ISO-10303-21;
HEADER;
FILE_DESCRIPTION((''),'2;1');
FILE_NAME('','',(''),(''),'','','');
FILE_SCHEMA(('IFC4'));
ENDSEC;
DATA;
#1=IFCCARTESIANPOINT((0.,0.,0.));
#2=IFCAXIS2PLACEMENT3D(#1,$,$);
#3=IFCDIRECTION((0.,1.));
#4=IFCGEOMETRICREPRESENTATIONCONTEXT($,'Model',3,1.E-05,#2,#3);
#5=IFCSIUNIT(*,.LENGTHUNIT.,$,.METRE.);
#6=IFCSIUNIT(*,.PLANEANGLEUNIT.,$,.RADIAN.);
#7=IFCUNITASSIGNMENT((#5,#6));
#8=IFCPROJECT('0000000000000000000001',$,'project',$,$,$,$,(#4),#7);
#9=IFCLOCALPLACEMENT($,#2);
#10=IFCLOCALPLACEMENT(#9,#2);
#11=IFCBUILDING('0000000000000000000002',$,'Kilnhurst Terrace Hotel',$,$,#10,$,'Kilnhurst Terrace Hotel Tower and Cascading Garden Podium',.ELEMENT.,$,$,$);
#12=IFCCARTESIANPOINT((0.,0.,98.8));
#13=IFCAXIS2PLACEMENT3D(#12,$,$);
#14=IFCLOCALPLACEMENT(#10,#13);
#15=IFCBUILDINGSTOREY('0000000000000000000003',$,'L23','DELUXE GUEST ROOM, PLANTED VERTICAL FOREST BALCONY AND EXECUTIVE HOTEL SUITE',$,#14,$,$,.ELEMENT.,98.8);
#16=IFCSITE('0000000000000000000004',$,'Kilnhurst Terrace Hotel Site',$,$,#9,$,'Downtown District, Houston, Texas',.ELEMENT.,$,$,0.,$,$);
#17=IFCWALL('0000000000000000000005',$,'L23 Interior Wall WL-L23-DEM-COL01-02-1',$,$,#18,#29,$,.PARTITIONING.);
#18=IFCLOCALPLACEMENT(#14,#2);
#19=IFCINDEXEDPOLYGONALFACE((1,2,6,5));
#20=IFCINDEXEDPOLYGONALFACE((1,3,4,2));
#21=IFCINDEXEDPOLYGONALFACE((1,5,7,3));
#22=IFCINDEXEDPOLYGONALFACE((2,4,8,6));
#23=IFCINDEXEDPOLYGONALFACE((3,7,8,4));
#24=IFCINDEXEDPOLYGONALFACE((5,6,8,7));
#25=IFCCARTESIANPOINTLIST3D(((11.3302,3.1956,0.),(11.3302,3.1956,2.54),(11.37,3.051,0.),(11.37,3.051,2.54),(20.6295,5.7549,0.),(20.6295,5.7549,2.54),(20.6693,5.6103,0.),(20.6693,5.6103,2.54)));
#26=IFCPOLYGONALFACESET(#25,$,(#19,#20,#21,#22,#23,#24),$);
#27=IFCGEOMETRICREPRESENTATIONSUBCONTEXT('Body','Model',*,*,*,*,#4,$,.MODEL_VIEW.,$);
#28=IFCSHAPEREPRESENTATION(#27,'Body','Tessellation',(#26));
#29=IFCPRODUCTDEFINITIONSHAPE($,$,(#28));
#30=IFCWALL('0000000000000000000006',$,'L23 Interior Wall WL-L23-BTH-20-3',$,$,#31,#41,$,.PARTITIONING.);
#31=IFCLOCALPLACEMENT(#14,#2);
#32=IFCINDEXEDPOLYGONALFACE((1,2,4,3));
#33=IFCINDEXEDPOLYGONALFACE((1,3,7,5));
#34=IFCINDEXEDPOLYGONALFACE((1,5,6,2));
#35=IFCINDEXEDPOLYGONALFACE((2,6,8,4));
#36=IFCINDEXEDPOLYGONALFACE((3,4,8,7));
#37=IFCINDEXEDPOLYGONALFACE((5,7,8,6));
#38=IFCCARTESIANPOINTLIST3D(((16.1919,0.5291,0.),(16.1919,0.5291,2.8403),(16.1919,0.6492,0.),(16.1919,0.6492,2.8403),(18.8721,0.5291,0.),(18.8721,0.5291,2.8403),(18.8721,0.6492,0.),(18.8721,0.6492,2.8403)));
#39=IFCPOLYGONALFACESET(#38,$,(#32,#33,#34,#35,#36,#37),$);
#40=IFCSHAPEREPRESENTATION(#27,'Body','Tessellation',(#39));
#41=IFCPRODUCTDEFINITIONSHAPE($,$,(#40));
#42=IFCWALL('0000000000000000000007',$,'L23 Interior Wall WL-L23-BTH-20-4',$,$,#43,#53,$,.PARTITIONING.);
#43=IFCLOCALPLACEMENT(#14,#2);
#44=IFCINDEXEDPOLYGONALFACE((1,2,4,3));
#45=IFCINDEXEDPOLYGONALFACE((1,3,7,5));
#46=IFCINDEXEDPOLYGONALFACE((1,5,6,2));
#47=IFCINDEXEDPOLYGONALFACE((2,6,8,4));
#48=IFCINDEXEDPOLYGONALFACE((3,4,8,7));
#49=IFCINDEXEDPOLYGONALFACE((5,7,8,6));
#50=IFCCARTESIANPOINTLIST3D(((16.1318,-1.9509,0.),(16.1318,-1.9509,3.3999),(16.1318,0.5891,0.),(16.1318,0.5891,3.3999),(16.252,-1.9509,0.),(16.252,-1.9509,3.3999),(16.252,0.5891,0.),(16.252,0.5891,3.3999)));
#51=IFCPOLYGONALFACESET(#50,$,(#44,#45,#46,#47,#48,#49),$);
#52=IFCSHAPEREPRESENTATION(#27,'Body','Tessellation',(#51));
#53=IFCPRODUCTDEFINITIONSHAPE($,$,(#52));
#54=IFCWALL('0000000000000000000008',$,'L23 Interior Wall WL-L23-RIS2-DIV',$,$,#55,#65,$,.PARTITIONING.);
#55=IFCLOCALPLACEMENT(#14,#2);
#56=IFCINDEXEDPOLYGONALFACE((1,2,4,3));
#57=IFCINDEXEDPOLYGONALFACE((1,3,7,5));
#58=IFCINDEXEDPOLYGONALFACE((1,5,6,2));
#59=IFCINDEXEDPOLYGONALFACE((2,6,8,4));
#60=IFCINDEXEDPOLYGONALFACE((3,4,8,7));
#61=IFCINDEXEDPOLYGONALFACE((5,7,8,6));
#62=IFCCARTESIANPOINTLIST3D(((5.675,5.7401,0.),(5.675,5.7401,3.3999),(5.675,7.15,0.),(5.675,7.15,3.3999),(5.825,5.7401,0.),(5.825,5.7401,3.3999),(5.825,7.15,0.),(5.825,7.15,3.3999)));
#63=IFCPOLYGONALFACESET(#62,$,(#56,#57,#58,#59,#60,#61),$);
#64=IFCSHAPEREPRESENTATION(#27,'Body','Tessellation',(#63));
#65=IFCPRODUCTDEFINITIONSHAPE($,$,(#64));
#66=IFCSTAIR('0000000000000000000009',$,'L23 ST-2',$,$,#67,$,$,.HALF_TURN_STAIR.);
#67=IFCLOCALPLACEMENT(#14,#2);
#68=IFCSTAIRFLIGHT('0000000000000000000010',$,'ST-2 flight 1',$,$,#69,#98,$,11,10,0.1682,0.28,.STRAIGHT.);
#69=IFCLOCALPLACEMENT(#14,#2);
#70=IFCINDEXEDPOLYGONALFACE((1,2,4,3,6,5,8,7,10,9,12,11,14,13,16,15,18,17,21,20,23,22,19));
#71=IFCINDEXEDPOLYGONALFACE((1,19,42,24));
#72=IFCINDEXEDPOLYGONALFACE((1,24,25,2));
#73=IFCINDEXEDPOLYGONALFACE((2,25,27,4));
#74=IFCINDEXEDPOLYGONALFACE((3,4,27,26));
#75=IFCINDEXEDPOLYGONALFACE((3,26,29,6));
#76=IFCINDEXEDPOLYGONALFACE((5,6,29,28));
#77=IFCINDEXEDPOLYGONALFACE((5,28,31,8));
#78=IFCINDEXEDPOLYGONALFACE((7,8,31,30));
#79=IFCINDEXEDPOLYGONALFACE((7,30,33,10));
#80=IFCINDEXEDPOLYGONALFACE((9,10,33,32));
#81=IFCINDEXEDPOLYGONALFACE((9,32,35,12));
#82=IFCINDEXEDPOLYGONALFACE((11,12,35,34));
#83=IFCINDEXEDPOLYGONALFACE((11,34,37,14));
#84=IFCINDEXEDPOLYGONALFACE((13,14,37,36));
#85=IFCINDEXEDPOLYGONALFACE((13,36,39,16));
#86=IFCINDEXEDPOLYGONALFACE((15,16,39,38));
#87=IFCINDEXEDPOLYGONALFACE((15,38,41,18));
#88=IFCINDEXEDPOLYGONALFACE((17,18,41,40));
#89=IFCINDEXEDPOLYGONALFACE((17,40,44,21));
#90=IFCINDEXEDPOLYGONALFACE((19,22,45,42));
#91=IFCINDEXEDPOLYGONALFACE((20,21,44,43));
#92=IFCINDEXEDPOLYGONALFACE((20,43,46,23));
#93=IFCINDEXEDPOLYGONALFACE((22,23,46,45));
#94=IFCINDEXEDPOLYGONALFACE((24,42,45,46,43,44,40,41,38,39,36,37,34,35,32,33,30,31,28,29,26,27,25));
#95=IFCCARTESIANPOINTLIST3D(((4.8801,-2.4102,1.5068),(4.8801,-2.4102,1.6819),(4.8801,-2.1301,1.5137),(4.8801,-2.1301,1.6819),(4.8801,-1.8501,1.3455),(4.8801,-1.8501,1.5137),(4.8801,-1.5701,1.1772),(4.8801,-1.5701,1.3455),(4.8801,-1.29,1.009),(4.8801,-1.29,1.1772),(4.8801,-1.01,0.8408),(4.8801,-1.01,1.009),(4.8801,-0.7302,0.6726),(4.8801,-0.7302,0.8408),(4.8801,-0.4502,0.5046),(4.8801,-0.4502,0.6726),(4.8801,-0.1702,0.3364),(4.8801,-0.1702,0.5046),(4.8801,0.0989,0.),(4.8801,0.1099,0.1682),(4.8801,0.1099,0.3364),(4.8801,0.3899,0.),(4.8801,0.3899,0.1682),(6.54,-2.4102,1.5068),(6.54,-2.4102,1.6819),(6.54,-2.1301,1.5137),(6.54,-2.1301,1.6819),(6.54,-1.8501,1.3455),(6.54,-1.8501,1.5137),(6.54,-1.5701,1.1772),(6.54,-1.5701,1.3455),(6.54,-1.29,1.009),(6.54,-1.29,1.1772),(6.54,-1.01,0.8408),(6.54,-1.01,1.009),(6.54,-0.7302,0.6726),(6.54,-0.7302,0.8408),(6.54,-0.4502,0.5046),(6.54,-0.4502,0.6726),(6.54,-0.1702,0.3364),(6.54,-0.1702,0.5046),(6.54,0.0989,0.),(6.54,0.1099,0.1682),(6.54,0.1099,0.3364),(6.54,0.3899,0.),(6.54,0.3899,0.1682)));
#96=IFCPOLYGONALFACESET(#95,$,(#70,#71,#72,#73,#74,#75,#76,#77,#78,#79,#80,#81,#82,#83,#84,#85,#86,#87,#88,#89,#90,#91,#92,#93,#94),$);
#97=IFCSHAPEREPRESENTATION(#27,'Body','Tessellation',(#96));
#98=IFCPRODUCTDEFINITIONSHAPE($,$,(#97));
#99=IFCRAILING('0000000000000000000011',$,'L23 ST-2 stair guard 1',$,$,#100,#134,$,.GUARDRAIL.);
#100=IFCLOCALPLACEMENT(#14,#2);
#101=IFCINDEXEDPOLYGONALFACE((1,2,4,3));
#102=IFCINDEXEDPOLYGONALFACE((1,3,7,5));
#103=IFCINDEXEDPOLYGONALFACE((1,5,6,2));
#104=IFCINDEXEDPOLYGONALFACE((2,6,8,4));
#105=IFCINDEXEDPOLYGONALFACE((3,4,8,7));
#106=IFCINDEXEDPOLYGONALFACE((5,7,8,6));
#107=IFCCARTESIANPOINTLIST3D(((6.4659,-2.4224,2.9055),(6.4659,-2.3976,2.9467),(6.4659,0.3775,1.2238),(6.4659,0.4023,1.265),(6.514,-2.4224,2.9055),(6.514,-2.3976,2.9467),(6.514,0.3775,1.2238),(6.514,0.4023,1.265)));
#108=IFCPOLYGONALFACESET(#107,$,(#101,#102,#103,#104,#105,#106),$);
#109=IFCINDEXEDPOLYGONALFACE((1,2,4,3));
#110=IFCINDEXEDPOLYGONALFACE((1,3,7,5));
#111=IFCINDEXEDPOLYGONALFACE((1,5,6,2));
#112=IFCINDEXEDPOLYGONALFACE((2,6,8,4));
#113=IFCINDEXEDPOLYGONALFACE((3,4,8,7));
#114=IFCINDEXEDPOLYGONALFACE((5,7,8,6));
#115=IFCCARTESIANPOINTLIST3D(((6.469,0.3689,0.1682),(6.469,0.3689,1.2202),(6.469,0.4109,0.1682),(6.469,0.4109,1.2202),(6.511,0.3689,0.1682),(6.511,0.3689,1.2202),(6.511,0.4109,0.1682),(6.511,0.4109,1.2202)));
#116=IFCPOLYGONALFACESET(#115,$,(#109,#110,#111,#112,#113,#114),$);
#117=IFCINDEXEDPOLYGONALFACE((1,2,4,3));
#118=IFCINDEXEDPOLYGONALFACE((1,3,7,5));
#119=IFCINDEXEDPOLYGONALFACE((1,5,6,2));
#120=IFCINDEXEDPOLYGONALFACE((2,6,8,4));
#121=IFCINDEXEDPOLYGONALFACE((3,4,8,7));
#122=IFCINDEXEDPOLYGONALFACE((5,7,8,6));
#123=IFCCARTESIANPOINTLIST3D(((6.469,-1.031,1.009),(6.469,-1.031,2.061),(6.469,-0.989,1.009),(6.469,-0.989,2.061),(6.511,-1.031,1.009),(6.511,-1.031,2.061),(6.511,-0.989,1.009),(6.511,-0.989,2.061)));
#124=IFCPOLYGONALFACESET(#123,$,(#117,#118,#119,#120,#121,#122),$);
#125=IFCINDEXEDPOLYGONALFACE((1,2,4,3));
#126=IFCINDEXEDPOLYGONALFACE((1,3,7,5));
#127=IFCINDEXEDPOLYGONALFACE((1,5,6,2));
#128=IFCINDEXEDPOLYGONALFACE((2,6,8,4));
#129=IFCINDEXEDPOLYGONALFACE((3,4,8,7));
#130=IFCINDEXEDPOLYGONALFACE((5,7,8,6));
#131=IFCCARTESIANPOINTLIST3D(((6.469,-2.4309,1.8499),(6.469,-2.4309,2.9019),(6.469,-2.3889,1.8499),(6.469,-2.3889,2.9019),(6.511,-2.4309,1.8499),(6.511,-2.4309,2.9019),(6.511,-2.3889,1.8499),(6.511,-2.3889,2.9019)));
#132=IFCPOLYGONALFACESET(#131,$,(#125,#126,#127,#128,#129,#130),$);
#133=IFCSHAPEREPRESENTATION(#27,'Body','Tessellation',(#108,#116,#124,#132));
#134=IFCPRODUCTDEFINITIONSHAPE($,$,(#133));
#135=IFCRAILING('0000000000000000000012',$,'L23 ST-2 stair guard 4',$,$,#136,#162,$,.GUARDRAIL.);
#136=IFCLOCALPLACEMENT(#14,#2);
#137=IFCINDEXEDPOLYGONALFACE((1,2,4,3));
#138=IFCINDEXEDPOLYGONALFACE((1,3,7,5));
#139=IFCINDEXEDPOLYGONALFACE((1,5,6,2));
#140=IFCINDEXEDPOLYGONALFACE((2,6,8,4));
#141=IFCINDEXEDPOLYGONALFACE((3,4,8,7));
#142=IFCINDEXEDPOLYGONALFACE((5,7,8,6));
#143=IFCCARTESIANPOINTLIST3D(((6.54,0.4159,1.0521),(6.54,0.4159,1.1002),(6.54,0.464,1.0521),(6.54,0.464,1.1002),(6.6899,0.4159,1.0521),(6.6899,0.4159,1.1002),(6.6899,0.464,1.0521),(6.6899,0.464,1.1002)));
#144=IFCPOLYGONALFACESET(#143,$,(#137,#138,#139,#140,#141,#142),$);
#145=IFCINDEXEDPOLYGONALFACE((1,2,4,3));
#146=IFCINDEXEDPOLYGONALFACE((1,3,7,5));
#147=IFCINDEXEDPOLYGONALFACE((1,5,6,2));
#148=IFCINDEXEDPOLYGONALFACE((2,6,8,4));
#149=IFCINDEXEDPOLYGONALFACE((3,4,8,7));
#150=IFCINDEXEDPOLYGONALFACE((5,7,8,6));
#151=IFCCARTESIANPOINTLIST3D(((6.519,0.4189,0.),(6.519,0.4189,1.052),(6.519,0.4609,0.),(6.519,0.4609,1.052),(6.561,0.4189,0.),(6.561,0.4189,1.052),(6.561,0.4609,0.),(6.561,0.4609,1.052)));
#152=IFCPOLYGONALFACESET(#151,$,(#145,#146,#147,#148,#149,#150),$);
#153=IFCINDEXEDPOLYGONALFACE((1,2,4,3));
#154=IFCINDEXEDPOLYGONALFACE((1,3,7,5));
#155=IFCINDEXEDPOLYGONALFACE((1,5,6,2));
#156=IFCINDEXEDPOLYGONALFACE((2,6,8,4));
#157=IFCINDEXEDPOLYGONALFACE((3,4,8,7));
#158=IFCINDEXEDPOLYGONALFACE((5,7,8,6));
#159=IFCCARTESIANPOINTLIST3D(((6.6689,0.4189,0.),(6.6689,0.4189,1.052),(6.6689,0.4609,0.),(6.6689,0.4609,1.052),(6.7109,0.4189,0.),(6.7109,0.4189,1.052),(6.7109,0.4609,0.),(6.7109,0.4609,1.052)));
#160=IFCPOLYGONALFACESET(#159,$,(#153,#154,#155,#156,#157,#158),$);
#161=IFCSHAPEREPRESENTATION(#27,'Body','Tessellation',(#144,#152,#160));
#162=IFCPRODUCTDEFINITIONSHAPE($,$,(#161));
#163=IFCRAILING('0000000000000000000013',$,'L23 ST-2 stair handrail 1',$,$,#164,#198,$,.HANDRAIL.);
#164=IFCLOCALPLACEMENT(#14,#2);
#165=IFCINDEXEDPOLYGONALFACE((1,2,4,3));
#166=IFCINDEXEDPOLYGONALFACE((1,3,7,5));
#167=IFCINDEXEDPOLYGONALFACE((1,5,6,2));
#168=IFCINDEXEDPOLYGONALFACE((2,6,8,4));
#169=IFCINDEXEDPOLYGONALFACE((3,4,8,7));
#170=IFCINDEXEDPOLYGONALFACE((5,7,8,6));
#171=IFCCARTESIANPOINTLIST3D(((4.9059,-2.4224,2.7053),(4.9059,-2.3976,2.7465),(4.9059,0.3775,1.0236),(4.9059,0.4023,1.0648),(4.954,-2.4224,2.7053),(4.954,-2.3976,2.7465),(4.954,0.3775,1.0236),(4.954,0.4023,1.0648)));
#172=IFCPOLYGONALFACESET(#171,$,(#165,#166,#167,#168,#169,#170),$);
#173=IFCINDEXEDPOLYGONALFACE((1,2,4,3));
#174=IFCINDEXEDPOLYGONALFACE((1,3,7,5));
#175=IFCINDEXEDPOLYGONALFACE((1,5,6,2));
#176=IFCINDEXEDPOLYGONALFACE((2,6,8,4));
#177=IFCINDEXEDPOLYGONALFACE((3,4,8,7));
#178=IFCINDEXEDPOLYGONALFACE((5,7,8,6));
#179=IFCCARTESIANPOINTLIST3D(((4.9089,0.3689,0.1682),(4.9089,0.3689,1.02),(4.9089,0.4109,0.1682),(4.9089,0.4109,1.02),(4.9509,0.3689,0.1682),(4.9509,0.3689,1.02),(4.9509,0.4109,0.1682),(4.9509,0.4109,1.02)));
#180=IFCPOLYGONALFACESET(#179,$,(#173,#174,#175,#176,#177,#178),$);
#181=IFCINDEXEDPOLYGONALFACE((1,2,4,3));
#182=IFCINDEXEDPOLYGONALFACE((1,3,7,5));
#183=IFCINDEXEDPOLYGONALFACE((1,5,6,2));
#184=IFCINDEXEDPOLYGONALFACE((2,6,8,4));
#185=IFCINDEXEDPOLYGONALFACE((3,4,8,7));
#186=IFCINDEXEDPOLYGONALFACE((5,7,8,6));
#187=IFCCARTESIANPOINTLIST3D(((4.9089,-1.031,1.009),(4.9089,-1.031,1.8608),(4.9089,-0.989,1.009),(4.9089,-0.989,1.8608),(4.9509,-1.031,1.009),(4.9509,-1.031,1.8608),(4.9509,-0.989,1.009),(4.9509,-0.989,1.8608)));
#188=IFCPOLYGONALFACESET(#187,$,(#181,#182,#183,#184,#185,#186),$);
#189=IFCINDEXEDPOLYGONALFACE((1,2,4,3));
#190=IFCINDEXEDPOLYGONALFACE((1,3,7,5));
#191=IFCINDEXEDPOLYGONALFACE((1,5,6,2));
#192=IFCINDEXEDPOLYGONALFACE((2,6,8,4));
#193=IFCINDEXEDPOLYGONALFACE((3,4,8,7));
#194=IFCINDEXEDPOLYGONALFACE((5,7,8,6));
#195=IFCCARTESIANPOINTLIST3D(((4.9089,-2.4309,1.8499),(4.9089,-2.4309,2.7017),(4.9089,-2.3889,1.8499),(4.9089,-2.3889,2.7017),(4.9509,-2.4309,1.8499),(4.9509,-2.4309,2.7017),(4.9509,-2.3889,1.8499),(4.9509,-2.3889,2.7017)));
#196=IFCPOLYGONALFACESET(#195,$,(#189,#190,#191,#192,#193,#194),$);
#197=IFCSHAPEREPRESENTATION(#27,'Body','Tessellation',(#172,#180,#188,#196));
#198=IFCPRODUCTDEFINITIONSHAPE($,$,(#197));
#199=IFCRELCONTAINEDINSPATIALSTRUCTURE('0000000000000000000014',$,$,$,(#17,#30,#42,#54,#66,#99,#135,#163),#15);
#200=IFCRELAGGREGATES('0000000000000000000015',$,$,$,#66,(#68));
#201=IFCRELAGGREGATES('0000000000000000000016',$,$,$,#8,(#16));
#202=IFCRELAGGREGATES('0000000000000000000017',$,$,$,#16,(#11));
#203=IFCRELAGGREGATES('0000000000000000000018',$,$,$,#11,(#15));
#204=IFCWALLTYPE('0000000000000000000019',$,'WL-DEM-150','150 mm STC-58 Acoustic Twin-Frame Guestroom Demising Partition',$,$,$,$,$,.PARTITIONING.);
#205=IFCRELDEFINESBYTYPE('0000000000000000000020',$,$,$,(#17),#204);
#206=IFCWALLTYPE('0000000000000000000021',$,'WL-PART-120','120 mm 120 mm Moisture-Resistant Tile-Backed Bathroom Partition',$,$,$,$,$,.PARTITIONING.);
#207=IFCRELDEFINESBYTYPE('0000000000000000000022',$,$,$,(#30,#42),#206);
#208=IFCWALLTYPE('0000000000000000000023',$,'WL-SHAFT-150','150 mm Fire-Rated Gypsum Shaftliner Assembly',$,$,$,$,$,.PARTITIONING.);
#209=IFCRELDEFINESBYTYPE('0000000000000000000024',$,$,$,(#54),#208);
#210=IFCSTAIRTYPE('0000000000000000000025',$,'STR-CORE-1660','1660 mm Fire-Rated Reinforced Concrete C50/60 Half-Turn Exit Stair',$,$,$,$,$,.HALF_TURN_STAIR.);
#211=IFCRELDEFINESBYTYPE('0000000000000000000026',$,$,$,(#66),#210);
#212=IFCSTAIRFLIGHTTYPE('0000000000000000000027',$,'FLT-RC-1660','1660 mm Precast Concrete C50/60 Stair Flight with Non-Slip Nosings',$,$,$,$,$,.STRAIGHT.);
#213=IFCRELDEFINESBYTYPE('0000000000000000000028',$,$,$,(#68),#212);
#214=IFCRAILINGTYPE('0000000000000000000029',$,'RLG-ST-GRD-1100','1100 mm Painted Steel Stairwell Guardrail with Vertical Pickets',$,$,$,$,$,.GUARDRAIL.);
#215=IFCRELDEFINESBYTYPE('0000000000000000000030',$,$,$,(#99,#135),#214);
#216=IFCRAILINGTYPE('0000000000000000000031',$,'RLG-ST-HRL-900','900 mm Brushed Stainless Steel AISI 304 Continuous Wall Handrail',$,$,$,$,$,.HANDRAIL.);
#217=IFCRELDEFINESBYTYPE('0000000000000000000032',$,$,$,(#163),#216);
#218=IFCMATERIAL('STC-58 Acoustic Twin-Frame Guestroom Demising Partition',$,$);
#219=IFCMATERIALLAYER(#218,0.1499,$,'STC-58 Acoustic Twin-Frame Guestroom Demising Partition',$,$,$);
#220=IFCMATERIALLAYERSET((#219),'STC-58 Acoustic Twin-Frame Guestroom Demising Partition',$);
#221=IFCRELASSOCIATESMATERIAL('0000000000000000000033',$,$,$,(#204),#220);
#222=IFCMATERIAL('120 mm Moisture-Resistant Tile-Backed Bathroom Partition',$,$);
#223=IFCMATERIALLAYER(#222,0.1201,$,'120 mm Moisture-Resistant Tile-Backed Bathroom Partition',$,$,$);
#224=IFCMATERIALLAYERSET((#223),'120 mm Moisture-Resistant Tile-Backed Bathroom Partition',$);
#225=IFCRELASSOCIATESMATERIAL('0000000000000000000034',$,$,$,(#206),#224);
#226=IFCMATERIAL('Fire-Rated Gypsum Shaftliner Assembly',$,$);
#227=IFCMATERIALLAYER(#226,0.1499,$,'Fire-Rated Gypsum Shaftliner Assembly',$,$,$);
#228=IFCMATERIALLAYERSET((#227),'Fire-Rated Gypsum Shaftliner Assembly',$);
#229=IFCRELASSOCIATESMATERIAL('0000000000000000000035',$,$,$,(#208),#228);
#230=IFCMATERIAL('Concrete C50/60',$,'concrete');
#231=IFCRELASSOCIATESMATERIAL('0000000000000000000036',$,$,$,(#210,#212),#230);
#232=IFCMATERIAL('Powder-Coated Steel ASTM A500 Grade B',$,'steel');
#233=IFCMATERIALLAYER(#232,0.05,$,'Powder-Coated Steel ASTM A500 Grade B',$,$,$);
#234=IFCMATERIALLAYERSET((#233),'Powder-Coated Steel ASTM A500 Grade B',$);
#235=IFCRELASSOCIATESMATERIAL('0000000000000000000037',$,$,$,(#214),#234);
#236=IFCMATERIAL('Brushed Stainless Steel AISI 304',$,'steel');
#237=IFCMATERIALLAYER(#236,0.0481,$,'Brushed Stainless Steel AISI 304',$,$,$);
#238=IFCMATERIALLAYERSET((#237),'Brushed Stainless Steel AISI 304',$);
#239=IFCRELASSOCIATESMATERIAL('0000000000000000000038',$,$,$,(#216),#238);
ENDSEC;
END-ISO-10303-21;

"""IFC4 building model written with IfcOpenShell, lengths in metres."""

from ifc_helpers import new_model, si_unit, direction, frame, frame_2d, origin, origin_2d, place, context, subcontext, project, spatial, polyline, rectangle, outline, extrude, material, layer, layer_set, type_object, element, aggregate, save


model = new_model("IFC4")

# Units and contexts
model_context = context("Model", 3, precision=1e-05, world=origin(), true_north=direction((0.0, 1.0)))
body_context = subcontext(model_context, "Body", "Model", "MODEL_VIEW")
ifc_project = project(units=[si_unit("LENGTHUNIT", "METRE"), si_unit("PLANEANGLEUNIT", "RADIAN")], contexts=[model_context])

# Site, building, storey
site_placement = place(None, origin())
site = spatial("IfcSite", under=ifc_project, at=site_placement, Name="Kilnhurst Terrace Hotel Site", LongName="Downtown District, Houston, Texas", CompositionType="ELEMENT", RefElevation=0.0)
building_placement = place(site_placement, origin())
building = spatial("IfcBuilding", under=site, at=building_placement, Name="Kilnhurst Terrace Hotel", LongName="Kilnhurst Terrace Hotel Tower and Cascading Garden Podium", CompositionType="ELEMENT")
storey_placement = place(building_placement, frame((0.0, 0.0, 98.8)))
storey = spatial("IfcBuildingStorey", under=building, at=storey_placement, Name="L23", Description="DELUXE GUEST ROOM, PLANTED VERTICAL FOREST BALCONY AND EXECUTIVE HOTEL SUITE", CompositionType="ELEMENT", Elevation=98.8)

# Shared definitions
ifc_material_1 = material(Name="Concrete C50/60", Category="concrete")

# Walls
ifc_material_2 = material(Name="STC-58 Acoustic Twin-Frame Guestroom Demising Partition")
ifc_layer_1 = layer(ifc_material_2, 0.1499, Name="STC-58 Acoustic Twin-Frame Guestroom Demising Partition")
ifc_layer_set_1 = layer_set([ifc_layer_1], Name="STC-58 Acoustic Twin-Frame Guestroom Demising Partition")
wall_type_1 = type_object("IfcWallType", Name="WL-DEM-150", Description="150 mm STC-58 Acoustic Twin-Frame Guestroom Demising Partition", PredefinedType="PARTITIONING", material=ifc_layer_set_1)
wall_1_placement = place(storey_placement, frame((11.3501, 3.1233, 0.0), z_axis=(0.0, 0.0, 1.0), x_axis=(0.964152, 0.265351, 0.0)))
element("IfcWall", 1, at=wall_1_placement, inside=storey, type_object=wall_type_1, Name="L23 Interior Wall WL-L23-DEM-COL01-02-1", PredefinedType="PARTITIONING", context=body_context, shape_type="SweptSolid", body=[
    extrude(rectangle(XDim=9.645, YDim=0.1499, at=frame_2d((4.8225, 0.0))), origin(), (0.0, 0.0, 1.0), 2.54),
])
ifc_material_3 = material(Name="120 mm Moisture-Resistant Tile-Backed Bathroom Partition")
ifc_layer_2 = layer(ifc_material_3, 0.1201, Name="120 mm Moisture-Resistant Tile-Backed Bathroom Partition")
ifc_layer_set_2 = layer_set([ifc_layer_2], Name="120 mm Moisture-Resistant Tile-Backed Bathroom Partition")
wall_type_2 = type_object("IfcWallType", Name="WL-PART-120", Description="120 mm 120 mm Moisture-Resistant Tile-Backed Bathroom Partition", PredefinedType="PARTITIONING", material=ifc_layer_set_2)
wall_2_placement = place(storey_placement, frame((18.8721, 0.5891, 0.0), z_axis=(0.0, 0.0, 1.0), x_axis=(-1.0, 0.0, 0.0)))
element("IfcWall", 2, at=wall_2_placement, inside=storey, type_object=wall_type_2, Name="L23 Interior Wall WL-L23-BTH-20-3", PredefinedType="PARTITIONING", context=body_context, shape_type="SweptSolid", body=[
    extrude(rectangle(XDim=2.6802, YDim=0.1201, at=frame_2d((1.3401, 0.0))), origin(), (0.0, 0.0, 1.0), 2.8403),
])
wall_3_placement = place(storey_placement, frame((16.1919, 0.5891, 0.0), z_axis=(0.0, 0.0, 1.0), x_axis=(0.0, -1.0, 0.0)))
element("IfcWall", 3, at=wall_3_placement, inside=storey, type_object=wall_type_2, Name="L23 Interior Wall WL-L23-BTH-20-4", PredefinedType="PARTITIONING", context=body_context, shape_type="SweptSolid", body=[
    extrude(rectangle(XDim=2.54, YDim=0.1201, at=frame_2d((1.27, 0.0))), origin(), (0.0, 0.0, 1.0), 3.3999),
])
ifc_material_4 = material(Name="Fire-Rated Gypsum Shaftliner Assembly")
ifc_layer_3 = layer(ifc_material_4, 0.1499, Name="Fire-Rated Gypsum Shaftliner Assembly")
ifc_layer_set_3 = layer_set([ifc_layer_3], Name="Fire-Rated Gypsum Shaftliner Assembly")
wall_type_3 = type_object("IfcWallType", Name="WL-SHAFT-150", Description="150 mm Fire-Rated Gypsum Shaftliner Assembly", PredefinedType="PARTITIONING", material=ifc_layer_set_3)
wall_4_placement = place(storey_placement, frame((5.75, 5.74, 0.0), z_axis=(0.0, 0.0, 1.0), x_axis=(0.0, 1.0, 0.0)))
element("IfcWall", 4, at=wall_4_placement, inside=storey, type_object=wall_type_3, Name="L23 Interior Wall WL-L23-RIS2-DIV", PredefinedType="PARTITIONING", context=body_context, shape_type="SweptSolid", body=[
    extrude(rectangle(XDim=1.4099, YDim=0.1499, at=frame_2d((0.7051, 0.0))), origin(), (0.0, 0.0, 1.0), 3.3999),
])

# Stair, stair flight
stair_type = type_object("IfcStairType", Name="STR-CORE-1660", Description="1660 mm Fire-Rated Reinforced Concrete C50/60 Half-Turn Exit Stair", PredefinedType="HALF_TURN_STAIR", material=ifc_material_1)
stair_placement = place(storey_placement, origin())
stair = element("IfcStair", 5, at=stair_placement, inside=storey, type_object=stair_type, Name="L23 ST-2", PredefinedType="HALF_TURN_STAIR")
stair_flight_type = type_object("IfcStairFlightType", Name="FLT-RC-1660", Description="1660 mm Precast Concrete C50/60 Stair Flight with Non-Slip Nosings", PredefinedType="STRAIGHT", material=ifc_material_1)
stair_flight_placement = place(storey_placement, frame((5.71, 0.3899, 0.0), z_axis=(0.0, 0.0, 1.0), x_axis=(0.0, -1.0, 0.0)))
stair_flight = element("IfcStairFlight", 6, at=stair_flight_placement, type_object=stair_flight_type, Name="ST-2 flight 1", NumberOfRisers=11, NumberOfTreads=10, PredefinedType="STRAIGHT", RiserHeight=0.1682, TreadLength=0.28, context=body_context, shape_type="SweptSolid", body=[
    extrude(outline(polyline([(0.0, 0.0), (0.0, 0.1682), (0.28, 0.1682), (0.28, 0.3364), (0.5601, 0.3364), (0.5601, 0.5046), (0.8401, 0.5046), (0.8401, 0.6726), (1.1201, 0.6726), (1.1201, 0.8408), (1.3999, 0.8408), (1.3999, 1.009), (1.6799, 1.009), (1.6799, 1.1772), (1.96, 1.1772), (1.96, 1.3455), (2.24, 1.3455), (2.24, 1.5137), (2.52, 1.5137), (2.52, 1.6819), (2.8, 1.6819), (2.8, 1.8501), (2.8, 1.5068), (0.291, 0.0), (0.0, 0.0)])), frame((0.0, 0.8301, 0.0), z_axis=(0.0, -1.0, 0.0), x_axis=(1.0, 0.0, 0.0)), (0.0, 0.0, 1.0), 1.6599),
])
aggregate(stair, [stair_flight])

# Railings
ifc_material_5 = material(Name="Powder-Coated Steel ASTM A500 Grade B", Category="steel")
ifc_layer_4 = layer(ifc_material_5, 0.05, Name="Powder-Coated Steel ASTM A500 Grade B")
ifc_layer_set_4 = layer_set([ifc_layer_4], Name="Powder-Coated Steel ASTM A500 Grade B")
railing_type_1 = type_object("IfcRailingType", Name="RLG-ST-GRD-1100", Description="1100 mm Painted Steel Stairwell Guardrail with Vertical Pickets", PredefinedType="GUARDRAIL", material=ifc_layer_set_4)
railing_1_placement = place(storey_placement, frame((6.49, 0.3899, 0.1682)))
element("IfcRailing", 7, at=railing_1_placement, inside=storey, type_object=railing_type_1, Name="L23 ST-2 stair guard 1", PredefinedType="GUARDRAIL", context=body_context, shape_type="SweptSolid", body=[
    extrude(rectangle(XDim=0.0481, YDim=0.0481, at=origin_2d()), frame((0.0, 0.0, 1.0762), z_axis=(0.0, -0.857255, 0.514891), x_axis=(1.0, 0.0, 0.0)), (0.0, 0.0, 1.0), 3.2661),
    extrude(rectangle(XDim=0.042, YDim=0.042, at=origin_2d()), origin(), (0.0, 0.0, 1.0), 1.052),
    extrude(rectangle(XDim=0.042, YDim=0.042, at=origin_2d()), frame((0.0, -1.3999, 0.8408)), (0.0, 0.0, 1.0), 1.052),
    extrude(rectangle(XDim=0.042, YDim=0.042, at=origin_2d()), frame((0.0, -2.7998, 1.6816)), (0.0, 0.0, 1.0), 1.052),
])
railing_2_placement = place(storey_placement, frame((6.54, 0.4399, 0.0)))
element("IfcRailing", 8, at=railing_2_placement, inside=storey, type_object=railing_type_1, Name="L23 ST-2 stair guard 4", PredefinedType="GUARDRAIL", context=body_context, shape_type="SweptSolid", body=[
    extrude(rectangle(XDim=0.0481, YDim=0.0481, at=origin_2d()), frame((0.0, 0.0, 1.0762), z_axis=(1.0, 0.0, 0.0), x_axis=(0.0, 1.0, 0.0)), (0.0, 0.0, 1.0), 0.1499),
    extrude(rectangle(XDim=0.042, YDim=0.042, at=origin_2d()), origin(), (0.0, 0.0, 1.0), 1.052),
    extrude(rectangle(XDim=0.042, YDim=0.042, at=origin_2d()), frame((0.1499, 0.0, 0.0)), (0.0, 0.0, 1.0), 1.052),
])
ifc_material_6 = material(Name="Brushed Stainless Steel AISI 304", Category="steel")
ifc_layer_5 = layer(ifc_material_6, 0.0481, Name="Brushed Stainless Steel AISI 304")
ifc_layer_set_5 = layer_set([ifc_layer_5], Name="Brushed Stainless Steel AISI 304")
railing_type_2 = type_object("IfcRailingType", Name="RLG-ST-HRL-900", Description="900 mm Brushed Stainless Steel AISI 304 Continuous Wall Handrail", PredefinedType="HANDRAIL", material=ifc_layer_set_5)
railing_3_placement = place(storey_placement, frame((4.9299, 0.3899, 0.1682)))
element("IfcRailing", 9, at=railing_3_placement, inside=storey, type_object=railing_type_2, Name="L23 ST-2 stair handrail 1", PredefinedType="HANDRAIL", context=body_context, shape_type="SweptSolid", body=[
    extrude(rectangle(XDim=0.0481, YDim=0.0481, at=origin_2d()), frame((0.0, 0.0, 0.876), z_axis=(0.0, -0.857255, 0.514891), x_axis=(1.0, 0.0, 0.0)), (0.0, 0.0, 1.0), 3.2661),
    extrude(rectangle(XDim=0.042, YDim=0.042, at=origin_2d()), origin(), (0.0, 0.0, 1.0), 0.8518),
    extrude(rectangle(XDim=0.042, YDim=0.042, at=origin_2d()), frame((0.0, -1.3999, 0.8408)), (0.0, 0.0, 1.0), 0.8518),
    extrude(rectangle(XDim=0.042, YDim=0.042, at=origin_2d()), frame((0.0, -2.7998, 1.6816)), (0.0, 0.0, 1.0), 0.8518),
])

save(model, "model.ifc")
